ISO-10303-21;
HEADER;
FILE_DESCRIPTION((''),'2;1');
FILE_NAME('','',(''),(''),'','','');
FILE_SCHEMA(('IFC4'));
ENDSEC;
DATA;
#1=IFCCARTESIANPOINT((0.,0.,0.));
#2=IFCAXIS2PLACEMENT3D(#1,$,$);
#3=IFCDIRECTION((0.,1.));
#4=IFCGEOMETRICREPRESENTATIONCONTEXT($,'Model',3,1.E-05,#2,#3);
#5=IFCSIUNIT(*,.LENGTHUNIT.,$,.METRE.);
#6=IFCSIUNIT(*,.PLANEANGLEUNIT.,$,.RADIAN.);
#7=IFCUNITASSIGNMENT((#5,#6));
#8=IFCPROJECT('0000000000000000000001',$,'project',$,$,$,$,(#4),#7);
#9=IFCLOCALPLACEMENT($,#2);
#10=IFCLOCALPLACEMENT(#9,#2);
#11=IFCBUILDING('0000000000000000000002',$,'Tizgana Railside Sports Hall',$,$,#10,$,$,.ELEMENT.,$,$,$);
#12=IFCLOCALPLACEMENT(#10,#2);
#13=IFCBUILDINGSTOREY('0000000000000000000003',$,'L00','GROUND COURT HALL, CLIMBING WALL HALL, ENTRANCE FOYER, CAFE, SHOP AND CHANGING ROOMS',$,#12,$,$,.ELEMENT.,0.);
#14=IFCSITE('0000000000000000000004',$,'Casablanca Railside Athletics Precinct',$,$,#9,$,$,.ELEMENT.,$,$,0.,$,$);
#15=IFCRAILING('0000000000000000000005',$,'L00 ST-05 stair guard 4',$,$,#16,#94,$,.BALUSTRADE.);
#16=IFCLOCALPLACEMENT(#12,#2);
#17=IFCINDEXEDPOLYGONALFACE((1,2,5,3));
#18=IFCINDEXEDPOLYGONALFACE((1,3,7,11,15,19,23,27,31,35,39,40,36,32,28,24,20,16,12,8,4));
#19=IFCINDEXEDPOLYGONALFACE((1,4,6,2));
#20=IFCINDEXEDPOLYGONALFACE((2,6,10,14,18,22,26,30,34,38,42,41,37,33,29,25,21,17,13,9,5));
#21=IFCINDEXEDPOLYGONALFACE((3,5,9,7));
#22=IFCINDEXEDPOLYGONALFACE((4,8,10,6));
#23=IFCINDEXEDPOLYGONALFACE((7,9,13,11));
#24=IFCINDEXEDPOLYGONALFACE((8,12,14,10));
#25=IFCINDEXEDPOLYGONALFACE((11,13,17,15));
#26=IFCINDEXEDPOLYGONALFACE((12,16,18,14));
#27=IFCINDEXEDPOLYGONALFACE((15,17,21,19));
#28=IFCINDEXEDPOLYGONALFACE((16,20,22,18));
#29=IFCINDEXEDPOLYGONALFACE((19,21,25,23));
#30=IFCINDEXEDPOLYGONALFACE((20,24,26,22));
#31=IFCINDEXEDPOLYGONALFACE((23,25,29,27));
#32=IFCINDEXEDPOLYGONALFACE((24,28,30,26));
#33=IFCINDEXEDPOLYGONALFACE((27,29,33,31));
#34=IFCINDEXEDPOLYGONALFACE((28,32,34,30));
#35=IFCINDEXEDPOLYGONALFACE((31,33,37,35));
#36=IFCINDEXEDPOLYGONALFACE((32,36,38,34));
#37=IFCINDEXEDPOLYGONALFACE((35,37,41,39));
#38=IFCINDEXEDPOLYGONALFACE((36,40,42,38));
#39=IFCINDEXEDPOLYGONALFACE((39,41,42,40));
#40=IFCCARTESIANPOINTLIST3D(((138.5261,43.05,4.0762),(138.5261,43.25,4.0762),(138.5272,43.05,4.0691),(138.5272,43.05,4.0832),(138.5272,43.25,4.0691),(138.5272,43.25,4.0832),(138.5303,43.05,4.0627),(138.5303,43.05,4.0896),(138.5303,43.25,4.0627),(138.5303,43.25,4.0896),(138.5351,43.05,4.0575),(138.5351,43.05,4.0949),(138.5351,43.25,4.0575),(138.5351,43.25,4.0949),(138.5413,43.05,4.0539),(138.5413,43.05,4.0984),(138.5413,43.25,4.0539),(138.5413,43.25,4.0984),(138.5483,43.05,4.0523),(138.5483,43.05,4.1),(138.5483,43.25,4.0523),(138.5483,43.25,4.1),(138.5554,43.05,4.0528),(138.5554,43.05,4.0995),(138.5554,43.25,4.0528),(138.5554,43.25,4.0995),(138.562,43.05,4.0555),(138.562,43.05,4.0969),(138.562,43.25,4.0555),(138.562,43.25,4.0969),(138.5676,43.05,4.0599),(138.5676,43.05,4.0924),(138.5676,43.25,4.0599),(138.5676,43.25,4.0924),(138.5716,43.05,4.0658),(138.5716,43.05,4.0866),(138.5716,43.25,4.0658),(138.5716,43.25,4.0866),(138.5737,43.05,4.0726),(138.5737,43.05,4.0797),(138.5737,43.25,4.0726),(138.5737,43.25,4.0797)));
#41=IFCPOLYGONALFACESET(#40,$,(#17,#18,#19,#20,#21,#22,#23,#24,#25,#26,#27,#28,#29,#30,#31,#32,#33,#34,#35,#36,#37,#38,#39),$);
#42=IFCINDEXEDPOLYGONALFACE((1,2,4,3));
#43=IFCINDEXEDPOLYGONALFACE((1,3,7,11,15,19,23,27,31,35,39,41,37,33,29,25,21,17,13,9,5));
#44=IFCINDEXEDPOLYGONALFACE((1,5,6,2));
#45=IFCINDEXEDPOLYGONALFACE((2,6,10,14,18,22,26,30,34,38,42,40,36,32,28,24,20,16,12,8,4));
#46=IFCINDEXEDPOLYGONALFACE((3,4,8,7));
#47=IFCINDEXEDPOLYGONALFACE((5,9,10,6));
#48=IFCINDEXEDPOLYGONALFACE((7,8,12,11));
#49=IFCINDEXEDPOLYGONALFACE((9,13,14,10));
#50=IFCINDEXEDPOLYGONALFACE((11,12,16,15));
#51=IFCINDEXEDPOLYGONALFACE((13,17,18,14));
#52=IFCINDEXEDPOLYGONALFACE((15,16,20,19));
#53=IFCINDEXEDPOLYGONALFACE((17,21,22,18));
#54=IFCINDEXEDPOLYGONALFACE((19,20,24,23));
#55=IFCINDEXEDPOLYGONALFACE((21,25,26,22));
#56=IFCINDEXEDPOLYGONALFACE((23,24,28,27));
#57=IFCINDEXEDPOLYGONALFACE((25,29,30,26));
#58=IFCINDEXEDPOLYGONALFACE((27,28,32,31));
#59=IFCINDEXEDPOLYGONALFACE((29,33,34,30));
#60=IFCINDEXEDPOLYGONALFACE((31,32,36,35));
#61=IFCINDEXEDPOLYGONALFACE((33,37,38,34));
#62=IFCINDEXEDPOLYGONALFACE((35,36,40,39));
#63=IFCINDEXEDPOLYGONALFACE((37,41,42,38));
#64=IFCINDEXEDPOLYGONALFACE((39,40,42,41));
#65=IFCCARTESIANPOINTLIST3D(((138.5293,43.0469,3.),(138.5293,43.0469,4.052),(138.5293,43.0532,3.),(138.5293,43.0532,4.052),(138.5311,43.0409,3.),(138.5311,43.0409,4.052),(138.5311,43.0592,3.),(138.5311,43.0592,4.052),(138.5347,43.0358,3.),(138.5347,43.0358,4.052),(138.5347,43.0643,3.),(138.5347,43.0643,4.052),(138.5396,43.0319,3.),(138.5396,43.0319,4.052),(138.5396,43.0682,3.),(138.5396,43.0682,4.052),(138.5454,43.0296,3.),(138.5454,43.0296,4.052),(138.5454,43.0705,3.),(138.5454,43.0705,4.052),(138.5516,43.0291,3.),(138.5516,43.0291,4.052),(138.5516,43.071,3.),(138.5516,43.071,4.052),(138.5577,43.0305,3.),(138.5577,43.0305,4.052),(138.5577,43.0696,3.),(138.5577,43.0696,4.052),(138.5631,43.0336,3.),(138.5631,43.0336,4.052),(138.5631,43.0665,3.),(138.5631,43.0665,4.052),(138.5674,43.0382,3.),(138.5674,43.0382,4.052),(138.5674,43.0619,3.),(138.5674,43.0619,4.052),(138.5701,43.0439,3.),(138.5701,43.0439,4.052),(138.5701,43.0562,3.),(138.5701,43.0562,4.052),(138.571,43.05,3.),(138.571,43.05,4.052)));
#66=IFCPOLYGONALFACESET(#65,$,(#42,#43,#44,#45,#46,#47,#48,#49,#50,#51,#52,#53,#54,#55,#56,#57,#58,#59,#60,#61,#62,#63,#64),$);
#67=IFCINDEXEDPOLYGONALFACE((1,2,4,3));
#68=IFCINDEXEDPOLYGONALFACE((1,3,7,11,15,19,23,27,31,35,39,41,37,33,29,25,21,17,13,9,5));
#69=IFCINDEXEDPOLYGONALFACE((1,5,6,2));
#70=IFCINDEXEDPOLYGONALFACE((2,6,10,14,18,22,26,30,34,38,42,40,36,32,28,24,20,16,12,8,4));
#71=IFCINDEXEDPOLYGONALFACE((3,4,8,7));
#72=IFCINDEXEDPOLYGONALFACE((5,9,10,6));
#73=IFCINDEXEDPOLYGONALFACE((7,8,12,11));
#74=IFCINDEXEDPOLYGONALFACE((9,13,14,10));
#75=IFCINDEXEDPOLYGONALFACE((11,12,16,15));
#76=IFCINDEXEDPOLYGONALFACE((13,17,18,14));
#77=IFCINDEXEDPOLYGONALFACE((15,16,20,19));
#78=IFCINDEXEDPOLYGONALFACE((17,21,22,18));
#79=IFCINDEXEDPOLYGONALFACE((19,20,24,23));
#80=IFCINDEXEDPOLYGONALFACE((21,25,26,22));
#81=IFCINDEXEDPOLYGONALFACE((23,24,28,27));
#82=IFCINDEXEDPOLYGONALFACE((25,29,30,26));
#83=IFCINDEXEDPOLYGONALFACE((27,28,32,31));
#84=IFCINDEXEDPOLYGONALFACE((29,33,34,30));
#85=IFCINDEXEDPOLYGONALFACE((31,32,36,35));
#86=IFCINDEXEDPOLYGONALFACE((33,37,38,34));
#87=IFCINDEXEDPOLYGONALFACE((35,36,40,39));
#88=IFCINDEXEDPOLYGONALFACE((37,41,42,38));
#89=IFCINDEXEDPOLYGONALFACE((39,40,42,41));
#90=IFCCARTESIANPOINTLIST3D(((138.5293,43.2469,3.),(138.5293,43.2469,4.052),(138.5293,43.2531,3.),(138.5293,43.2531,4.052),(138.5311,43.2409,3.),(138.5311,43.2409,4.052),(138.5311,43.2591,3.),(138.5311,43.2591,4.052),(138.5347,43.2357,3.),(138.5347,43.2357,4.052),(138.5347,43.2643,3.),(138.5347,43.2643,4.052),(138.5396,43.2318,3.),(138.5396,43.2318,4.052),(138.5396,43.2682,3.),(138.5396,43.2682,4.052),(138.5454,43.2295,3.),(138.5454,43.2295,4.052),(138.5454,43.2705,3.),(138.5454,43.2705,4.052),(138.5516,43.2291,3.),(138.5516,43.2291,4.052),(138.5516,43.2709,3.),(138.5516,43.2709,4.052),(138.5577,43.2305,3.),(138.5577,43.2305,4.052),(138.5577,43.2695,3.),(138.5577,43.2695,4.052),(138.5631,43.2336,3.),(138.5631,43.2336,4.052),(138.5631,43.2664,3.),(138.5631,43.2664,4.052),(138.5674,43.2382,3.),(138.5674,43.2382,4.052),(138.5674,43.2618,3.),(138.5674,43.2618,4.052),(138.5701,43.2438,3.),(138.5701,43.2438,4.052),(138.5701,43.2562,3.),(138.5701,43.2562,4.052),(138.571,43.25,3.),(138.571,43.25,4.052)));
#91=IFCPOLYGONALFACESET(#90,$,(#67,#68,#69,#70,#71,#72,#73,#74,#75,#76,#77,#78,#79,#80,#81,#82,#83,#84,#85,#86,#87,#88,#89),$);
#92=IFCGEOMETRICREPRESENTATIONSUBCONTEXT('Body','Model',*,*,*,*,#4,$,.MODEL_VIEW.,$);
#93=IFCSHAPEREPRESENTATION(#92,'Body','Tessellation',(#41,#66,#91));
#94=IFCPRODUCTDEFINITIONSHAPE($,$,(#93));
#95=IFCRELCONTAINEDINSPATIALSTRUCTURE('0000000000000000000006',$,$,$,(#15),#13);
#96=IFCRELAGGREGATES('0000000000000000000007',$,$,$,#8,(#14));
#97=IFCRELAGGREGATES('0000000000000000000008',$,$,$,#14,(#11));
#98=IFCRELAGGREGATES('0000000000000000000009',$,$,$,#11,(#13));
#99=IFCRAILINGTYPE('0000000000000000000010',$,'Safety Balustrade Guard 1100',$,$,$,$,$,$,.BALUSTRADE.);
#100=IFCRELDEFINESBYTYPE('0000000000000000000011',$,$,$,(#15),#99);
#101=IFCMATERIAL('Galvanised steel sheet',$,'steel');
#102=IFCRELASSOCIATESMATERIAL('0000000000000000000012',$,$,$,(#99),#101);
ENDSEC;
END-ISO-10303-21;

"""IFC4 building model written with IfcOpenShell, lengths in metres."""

from ifc_helpers import new_model, si_unit, direction, frame, origin, origin_2d, place, context, subcontext, project, spatial, circle, extrude, material, type_object, element, save


model = new_model("IFC4")

# Units and contexts
model_context = context("Model", 3, precision=1e-05, world=origin(), true_north=direction((0.0, 1.0)))
body_context = subcontext(model_context, "Body", "Model", "MODEL_VIEW")
ifc_project = project(units=[si_unit("LENGTHUNIT", "METRE"), si_unit("PLANEANGLEUNIT", "RADIAN")], contexts=[model_context])

# Site, building, storey
site_placement = place(None, origin())
site = spatial("IfcSite", under=ifc_project, at=site_placement, Name="Casablanca Railside Athletics Precinct", CompositionType="ELEMENT", RefElevation=0.0)
building_placement = place(site_placement, origin())
building = spatial("IfcBuilding", under=site, at=building_placement, Name="Tizgana Railside Sports Hall", CompositionType="ELEMENT")
storey_placement = place(building_placement, origin())
storey = spatial("IfcBuildingStorey", under=building, at=storey_placement, Name="L00", Description="GROUND COURT HALL, CLIMBING WALL HALL, ENTRANCE FOYER, CAFE, SHOP AND CHANGING ROOMS", CompositionType="ELEMENT", Elevation=0.0)

# Railing
ifc_material_1 = material(Name="Galvanised steel sheet", Category="steel")
railing_type_1 = type_object("IfcRailingType", Name="Safety Balustrade Guard 1100", PredefinedType="BALUSTRADE", material=ifc_material_1)
railing_1_placement = place(storey_placement, frame((138.55, 43.05, 3.0)))
element("IfcRailing", 1, at=railing_1_placement, inside=storey, type_object=railing_type_1, Name="L00 ST-05 stair guard 4", PredefinedType="BALUSTRADE", context=body_context, shape_type="SweptSolid", body=[
    extrude(circle(Radius=0.0239, at=origin_2d()), frame((0.0, 0.0, 1.0762), z_axis=(0.0, 1.0, 0.0), x_axis=(-1.0, 0.0, 0.0)), (0.0, 0.0, 1.0), 0.2),
    extrude(circle(Radius=0.021, at=origin_2d()), origin(), (0.0, 0.0, 1.0), 1.052),
    extrude(circle(Radius=0.021, at=origin_2d()), frame((0.0, 0.2, 0.0)), (0.0, 0.0, 1.0), 1.052),
])

save(model, "model.ifc")
